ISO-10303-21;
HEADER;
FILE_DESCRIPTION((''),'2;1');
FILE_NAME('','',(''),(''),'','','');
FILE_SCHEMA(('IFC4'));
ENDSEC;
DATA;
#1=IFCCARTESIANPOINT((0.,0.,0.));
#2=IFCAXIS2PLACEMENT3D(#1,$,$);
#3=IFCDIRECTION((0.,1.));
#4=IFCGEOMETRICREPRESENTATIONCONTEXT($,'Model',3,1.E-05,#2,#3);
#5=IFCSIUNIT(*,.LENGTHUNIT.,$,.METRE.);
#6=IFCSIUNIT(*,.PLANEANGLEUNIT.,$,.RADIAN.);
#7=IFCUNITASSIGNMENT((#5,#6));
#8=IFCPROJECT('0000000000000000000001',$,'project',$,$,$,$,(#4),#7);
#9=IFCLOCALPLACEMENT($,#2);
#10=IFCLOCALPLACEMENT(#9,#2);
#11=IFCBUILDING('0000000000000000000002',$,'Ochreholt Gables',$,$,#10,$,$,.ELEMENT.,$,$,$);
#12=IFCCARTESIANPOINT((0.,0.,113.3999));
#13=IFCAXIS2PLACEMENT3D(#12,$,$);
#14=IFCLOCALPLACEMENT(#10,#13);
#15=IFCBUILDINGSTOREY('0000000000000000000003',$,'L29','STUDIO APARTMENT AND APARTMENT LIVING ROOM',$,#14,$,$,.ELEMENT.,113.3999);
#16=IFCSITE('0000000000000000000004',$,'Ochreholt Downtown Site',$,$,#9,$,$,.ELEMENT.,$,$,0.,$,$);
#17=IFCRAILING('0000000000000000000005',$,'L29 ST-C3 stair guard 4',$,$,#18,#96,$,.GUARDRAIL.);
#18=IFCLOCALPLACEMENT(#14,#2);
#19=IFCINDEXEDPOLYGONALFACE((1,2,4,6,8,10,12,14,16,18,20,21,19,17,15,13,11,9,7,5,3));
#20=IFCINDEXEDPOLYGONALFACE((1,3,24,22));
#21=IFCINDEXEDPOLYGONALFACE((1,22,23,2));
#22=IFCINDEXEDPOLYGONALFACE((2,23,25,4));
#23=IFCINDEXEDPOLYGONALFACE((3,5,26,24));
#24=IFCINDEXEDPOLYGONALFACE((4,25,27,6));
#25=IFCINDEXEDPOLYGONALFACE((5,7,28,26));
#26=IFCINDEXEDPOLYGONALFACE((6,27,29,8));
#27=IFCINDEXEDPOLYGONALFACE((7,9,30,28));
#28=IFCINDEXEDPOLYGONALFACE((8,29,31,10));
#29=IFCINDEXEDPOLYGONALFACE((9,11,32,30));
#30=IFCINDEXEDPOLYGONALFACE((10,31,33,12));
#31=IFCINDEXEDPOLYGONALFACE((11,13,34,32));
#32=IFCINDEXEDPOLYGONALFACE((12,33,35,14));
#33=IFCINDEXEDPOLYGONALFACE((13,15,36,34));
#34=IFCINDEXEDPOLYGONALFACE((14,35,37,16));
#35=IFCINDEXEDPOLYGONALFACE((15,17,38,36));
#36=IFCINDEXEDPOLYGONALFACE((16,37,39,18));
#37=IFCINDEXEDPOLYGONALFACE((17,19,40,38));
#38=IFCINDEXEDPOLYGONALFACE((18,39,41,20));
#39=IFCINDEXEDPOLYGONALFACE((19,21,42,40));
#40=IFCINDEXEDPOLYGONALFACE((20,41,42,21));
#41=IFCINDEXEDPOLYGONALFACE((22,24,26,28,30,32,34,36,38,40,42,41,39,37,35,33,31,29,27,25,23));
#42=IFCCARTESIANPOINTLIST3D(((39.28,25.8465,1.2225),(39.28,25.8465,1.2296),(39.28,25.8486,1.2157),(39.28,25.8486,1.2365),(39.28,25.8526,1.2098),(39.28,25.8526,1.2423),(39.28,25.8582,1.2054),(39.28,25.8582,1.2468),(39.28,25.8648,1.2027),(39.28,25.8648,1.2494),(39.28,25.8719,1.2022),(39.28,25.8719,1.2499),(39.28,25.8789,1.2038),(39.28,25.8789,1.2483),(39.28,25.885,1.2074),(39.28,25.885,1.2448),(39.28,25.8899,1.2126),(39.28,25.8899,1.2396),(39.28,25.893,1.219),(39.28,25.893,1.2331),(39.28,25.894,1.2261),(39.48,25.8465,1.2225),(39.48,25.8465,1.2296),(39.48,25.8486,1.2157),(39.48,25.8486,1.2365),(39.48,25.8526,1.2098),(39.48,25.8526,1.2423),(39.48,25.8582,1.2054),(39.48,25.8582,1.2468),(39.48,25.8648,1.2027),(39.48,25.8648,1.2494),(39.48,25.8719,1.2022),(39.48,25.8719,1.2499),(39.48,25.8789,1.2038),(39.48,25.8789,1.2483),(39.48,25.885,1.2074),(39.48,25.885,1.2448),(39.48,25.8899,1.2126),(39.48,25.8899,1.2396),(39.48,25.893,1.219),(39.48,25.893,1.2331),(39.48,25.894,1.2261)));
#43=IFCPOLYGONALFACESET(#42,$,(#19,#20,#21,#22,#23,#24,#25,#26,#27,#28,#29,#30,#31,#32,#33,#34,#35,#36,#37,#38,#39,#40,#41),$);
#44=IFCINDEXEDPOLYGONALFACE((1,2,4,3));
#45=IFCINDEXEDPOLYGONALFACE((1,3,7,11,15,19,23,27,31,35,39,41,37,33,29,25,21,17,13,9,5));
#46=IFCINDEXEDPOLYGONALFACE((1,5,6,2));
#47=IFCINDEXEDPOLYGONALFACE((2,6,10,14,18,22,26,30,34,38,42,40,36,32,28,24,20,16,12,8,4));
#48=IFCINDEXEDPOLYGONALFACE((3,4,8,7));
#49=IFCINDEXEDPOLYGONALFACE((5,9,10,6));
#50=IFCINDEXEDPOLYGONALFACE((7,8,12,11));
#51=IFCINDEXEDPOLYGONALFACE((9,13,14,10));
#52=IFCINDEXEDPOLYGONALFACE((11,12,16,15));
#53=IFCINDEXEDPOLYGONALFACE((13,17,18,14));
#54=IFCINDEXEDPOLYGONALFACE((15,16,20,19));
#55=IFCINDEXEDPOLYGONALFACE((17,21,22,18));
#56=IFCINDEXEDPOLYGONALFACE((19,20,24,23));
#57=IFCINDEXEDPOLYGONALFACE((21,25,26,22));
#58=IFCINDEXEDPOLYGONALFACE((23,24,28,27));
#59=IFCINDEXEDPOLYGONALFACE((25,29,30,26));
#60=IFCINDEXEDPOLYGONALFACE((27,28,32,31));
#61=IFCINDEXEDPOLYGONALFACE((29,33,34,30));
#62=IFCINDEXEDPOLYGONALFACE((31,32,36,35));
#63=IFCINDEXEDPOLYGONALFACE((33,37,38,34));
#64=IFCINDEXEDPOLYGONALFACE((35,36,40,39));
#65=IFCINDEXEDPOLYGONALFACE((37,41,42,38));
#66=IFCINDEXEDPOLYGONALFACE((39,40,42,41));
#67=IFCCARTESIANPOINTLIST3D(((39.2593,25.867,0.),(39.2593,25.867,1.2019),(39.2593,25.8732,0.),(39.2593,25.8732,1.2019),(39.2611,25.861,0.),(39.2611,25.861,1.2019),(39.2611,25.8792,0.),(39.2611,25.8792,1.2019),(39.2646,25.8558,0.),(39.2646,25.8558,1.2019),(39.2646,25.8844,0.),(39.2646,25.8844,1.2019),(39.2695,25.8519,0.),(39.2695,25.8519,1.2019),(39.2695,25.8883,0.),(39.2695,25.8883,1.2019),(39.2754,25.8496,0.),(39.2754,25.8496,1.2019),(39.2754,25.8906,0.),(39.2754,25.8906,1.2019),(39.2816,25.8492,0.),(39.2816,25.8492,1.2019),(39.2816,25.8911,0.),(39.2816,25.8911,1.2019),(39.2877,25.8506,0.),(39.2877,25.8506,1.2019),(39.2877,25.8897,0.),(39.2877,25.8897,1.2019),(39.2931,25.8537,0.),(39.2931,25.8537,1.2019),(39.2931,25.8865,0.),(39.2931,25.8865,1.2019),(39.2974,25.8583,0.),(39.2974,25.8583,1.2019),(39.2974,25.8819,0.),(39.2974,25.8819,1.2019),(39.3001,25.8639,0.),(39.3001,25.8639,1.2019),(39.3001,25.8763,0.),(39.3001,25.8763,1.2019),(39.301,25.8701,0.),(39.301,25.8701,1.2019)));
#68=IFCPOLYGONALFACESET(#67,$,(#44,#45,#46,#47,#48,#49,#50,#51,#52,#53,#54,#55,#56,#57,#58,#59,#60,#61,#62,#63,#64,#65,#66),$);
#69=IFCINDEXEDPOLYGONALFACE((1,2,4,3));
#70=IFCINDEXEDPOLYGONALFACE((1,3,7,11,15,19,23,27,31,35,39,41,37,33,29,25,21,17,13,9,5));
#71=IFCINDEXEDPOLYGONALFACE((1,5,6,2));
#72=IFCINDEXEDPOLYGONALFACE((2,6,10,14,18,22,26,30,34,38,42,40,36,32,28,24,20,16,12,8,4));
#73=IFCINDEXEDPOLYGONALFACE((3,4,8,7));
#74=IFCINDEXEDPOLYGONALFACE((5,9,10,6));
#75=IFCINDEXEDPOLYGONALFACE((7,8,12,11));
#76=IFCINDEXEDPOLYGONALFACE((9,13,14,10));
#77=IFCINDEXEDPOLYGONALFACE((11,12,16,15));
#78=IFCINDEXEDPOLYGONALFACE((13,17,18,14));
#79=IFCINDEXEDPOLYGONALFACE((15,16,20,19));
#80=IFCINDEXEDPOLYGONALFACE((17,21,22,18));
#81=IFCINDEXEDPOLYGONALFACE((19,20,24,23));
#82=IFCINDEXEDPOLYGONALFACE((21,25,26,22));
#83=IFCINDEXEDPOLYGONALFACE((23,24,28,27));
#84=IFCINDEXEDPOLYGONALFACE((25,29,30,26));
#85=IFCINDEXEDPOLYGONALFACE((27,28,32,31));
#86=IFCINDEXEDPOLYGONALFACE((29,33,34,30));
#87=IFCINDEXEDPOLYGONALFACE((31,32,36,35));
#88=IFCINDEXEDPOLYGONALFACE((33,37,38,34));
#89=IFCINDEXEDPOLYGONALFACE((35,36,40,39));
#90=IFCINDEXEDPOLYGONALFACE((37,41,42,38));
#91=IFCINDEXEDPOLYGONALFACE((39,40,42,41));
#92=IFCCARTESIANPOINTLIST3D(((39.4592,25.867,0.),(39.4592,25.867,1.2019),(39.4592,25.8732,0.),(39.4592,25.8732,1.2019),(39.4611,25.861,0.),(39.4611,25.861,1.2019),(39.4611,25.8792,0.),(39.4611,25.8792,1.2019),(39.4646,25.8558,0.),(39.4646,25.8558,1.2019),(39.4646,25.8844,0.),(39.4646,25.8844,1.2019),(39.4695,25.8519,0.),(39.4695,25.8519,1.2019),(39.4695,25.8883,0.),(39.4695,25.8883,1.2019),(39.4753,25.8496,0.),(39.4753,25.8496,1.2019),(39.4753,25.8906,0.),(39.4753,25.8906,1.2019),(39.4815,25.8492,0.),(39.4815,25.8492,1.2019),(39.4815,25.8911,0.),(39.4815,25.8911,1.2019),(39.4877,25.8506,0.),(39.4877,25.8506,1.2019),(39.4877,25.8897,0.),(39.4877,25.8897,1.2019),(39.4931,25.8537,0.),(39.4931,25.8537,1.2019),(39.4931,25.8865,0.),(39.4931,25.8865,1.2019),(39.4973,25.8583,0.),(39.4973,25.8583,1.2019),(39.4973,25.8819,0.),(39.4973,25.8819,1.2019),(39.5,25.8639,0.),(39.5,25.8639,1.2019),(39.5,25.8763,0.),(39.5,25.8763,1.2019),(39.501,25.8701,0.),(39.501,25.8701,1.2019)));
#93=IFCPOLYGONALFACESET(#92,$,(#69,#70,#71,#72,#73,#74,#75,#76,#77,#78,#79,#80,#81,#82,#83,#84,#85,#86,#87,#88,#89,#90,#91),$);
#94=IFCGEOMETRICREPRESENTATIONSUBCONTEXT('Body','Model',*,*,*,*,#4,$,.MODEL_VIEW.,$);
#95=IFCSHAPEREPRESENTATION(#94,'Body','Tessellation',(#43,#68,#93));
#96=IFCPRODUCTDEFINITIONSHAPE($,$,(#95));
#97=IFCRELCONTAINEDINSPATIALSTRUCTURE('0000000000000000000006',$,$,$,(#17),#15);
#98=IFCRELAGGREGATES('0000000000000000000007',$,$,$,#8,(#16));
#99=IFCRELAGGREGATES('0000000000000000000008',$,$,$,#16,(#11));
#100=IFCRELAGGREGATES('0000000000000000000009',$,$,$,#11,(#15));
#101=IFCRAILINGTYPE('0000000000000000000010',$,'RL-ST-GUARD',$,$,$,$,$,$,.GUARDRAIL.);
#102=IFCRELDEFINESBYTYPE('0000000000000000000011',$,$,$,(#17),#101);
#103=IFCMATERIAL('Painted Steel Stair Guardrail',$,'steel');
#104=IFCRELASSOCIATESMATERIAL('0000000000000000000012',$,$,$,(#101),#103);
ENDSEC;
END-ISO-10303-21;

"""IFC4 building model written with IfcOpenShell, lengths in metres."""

from ifc_helpers import new_model, si_unit, direction, frame, origin, origin_2d, place, context, subcontext, project, spatial, circle, extrude, material, type_object, element, save


model = new_model("IFC4")

# Units and contexts
model_context = context("Model", 3, precision=1e-05, world=origin(), true_north=direction((0.0, 1.0)))
body_context = subcontext(model_context, "Body", "Model", "MODEL_VIEW")
ifc_project = project(units=[si_unit("LENGTHUNIT", "METRE"), si_unit("PLANEANGLEUNIT", "RADIAN")], contexts=[model_context])

# Site, building, storey
site_placement = place(None, origin())
site = spatial("IfcSite", under=ifc_project, at=site_placement, Name="Ochreholt Downtown Site", CompositionType="ELEMENT", RefElevation=0.0)
building_placement = place(site_placement, origin())
building = spatial("IfcBuilding", under=site, at=building_placement, Name="Ochreholt Gables", CompositionType="ELEMENT")
storey_placement = place(building_placement, frame((0.0, 0.0, 113.3999)))
storey = spatial("IfcBuildingStorey", under=building, at=storey_placement, Name="L29", Description="STUDIO APARTMENT AND APARTMENT LIVING ROOM", CompositionType="ELEMENT", Elevation=113.3999)

# Railing
ifc_material_1 = material(Name="Painted Steel Stair Guardrail", Category="steel")
railing_type_1 = type_object("IfcRailingType", Name="RL-ST-GUARD", PredefinedType="GUARDRAIL", material=ifc_material_1)
railing_1_placement = place(storey_placement, frame((39.28, 25.8701, 0.0)))
element("IfcRailing", 1, at=railing_1_placement, inside=storey, type_object=railing_type_1, Name="L29 ST-C3 stair guard 4", PredefinedType="GUARDRAIL", context=body_context, shape_type="SweptSolid", body=[
    extrude(circle(Radius=0.0239, at=origin_2d()), frame((0.0, 0.0, 1.2261), z_axis=(1.0, 0.0, 0.0), x_axis=(0.0, 1.0, 0.0)), (0.0, 0.0, 1.0), 0.2),
    extrude(circle(Radius=0.021, at=origin_2d()), origin(), (0.0, 0.0, 1.0), 1.2019),
    extrude(circle(Radius=0.021, at=origin_2d()), frame((0.2, 0.0, 0.0)), (0.0, 0.0, 1.0), 1.2019),
])

save(model, "model.ifc")
